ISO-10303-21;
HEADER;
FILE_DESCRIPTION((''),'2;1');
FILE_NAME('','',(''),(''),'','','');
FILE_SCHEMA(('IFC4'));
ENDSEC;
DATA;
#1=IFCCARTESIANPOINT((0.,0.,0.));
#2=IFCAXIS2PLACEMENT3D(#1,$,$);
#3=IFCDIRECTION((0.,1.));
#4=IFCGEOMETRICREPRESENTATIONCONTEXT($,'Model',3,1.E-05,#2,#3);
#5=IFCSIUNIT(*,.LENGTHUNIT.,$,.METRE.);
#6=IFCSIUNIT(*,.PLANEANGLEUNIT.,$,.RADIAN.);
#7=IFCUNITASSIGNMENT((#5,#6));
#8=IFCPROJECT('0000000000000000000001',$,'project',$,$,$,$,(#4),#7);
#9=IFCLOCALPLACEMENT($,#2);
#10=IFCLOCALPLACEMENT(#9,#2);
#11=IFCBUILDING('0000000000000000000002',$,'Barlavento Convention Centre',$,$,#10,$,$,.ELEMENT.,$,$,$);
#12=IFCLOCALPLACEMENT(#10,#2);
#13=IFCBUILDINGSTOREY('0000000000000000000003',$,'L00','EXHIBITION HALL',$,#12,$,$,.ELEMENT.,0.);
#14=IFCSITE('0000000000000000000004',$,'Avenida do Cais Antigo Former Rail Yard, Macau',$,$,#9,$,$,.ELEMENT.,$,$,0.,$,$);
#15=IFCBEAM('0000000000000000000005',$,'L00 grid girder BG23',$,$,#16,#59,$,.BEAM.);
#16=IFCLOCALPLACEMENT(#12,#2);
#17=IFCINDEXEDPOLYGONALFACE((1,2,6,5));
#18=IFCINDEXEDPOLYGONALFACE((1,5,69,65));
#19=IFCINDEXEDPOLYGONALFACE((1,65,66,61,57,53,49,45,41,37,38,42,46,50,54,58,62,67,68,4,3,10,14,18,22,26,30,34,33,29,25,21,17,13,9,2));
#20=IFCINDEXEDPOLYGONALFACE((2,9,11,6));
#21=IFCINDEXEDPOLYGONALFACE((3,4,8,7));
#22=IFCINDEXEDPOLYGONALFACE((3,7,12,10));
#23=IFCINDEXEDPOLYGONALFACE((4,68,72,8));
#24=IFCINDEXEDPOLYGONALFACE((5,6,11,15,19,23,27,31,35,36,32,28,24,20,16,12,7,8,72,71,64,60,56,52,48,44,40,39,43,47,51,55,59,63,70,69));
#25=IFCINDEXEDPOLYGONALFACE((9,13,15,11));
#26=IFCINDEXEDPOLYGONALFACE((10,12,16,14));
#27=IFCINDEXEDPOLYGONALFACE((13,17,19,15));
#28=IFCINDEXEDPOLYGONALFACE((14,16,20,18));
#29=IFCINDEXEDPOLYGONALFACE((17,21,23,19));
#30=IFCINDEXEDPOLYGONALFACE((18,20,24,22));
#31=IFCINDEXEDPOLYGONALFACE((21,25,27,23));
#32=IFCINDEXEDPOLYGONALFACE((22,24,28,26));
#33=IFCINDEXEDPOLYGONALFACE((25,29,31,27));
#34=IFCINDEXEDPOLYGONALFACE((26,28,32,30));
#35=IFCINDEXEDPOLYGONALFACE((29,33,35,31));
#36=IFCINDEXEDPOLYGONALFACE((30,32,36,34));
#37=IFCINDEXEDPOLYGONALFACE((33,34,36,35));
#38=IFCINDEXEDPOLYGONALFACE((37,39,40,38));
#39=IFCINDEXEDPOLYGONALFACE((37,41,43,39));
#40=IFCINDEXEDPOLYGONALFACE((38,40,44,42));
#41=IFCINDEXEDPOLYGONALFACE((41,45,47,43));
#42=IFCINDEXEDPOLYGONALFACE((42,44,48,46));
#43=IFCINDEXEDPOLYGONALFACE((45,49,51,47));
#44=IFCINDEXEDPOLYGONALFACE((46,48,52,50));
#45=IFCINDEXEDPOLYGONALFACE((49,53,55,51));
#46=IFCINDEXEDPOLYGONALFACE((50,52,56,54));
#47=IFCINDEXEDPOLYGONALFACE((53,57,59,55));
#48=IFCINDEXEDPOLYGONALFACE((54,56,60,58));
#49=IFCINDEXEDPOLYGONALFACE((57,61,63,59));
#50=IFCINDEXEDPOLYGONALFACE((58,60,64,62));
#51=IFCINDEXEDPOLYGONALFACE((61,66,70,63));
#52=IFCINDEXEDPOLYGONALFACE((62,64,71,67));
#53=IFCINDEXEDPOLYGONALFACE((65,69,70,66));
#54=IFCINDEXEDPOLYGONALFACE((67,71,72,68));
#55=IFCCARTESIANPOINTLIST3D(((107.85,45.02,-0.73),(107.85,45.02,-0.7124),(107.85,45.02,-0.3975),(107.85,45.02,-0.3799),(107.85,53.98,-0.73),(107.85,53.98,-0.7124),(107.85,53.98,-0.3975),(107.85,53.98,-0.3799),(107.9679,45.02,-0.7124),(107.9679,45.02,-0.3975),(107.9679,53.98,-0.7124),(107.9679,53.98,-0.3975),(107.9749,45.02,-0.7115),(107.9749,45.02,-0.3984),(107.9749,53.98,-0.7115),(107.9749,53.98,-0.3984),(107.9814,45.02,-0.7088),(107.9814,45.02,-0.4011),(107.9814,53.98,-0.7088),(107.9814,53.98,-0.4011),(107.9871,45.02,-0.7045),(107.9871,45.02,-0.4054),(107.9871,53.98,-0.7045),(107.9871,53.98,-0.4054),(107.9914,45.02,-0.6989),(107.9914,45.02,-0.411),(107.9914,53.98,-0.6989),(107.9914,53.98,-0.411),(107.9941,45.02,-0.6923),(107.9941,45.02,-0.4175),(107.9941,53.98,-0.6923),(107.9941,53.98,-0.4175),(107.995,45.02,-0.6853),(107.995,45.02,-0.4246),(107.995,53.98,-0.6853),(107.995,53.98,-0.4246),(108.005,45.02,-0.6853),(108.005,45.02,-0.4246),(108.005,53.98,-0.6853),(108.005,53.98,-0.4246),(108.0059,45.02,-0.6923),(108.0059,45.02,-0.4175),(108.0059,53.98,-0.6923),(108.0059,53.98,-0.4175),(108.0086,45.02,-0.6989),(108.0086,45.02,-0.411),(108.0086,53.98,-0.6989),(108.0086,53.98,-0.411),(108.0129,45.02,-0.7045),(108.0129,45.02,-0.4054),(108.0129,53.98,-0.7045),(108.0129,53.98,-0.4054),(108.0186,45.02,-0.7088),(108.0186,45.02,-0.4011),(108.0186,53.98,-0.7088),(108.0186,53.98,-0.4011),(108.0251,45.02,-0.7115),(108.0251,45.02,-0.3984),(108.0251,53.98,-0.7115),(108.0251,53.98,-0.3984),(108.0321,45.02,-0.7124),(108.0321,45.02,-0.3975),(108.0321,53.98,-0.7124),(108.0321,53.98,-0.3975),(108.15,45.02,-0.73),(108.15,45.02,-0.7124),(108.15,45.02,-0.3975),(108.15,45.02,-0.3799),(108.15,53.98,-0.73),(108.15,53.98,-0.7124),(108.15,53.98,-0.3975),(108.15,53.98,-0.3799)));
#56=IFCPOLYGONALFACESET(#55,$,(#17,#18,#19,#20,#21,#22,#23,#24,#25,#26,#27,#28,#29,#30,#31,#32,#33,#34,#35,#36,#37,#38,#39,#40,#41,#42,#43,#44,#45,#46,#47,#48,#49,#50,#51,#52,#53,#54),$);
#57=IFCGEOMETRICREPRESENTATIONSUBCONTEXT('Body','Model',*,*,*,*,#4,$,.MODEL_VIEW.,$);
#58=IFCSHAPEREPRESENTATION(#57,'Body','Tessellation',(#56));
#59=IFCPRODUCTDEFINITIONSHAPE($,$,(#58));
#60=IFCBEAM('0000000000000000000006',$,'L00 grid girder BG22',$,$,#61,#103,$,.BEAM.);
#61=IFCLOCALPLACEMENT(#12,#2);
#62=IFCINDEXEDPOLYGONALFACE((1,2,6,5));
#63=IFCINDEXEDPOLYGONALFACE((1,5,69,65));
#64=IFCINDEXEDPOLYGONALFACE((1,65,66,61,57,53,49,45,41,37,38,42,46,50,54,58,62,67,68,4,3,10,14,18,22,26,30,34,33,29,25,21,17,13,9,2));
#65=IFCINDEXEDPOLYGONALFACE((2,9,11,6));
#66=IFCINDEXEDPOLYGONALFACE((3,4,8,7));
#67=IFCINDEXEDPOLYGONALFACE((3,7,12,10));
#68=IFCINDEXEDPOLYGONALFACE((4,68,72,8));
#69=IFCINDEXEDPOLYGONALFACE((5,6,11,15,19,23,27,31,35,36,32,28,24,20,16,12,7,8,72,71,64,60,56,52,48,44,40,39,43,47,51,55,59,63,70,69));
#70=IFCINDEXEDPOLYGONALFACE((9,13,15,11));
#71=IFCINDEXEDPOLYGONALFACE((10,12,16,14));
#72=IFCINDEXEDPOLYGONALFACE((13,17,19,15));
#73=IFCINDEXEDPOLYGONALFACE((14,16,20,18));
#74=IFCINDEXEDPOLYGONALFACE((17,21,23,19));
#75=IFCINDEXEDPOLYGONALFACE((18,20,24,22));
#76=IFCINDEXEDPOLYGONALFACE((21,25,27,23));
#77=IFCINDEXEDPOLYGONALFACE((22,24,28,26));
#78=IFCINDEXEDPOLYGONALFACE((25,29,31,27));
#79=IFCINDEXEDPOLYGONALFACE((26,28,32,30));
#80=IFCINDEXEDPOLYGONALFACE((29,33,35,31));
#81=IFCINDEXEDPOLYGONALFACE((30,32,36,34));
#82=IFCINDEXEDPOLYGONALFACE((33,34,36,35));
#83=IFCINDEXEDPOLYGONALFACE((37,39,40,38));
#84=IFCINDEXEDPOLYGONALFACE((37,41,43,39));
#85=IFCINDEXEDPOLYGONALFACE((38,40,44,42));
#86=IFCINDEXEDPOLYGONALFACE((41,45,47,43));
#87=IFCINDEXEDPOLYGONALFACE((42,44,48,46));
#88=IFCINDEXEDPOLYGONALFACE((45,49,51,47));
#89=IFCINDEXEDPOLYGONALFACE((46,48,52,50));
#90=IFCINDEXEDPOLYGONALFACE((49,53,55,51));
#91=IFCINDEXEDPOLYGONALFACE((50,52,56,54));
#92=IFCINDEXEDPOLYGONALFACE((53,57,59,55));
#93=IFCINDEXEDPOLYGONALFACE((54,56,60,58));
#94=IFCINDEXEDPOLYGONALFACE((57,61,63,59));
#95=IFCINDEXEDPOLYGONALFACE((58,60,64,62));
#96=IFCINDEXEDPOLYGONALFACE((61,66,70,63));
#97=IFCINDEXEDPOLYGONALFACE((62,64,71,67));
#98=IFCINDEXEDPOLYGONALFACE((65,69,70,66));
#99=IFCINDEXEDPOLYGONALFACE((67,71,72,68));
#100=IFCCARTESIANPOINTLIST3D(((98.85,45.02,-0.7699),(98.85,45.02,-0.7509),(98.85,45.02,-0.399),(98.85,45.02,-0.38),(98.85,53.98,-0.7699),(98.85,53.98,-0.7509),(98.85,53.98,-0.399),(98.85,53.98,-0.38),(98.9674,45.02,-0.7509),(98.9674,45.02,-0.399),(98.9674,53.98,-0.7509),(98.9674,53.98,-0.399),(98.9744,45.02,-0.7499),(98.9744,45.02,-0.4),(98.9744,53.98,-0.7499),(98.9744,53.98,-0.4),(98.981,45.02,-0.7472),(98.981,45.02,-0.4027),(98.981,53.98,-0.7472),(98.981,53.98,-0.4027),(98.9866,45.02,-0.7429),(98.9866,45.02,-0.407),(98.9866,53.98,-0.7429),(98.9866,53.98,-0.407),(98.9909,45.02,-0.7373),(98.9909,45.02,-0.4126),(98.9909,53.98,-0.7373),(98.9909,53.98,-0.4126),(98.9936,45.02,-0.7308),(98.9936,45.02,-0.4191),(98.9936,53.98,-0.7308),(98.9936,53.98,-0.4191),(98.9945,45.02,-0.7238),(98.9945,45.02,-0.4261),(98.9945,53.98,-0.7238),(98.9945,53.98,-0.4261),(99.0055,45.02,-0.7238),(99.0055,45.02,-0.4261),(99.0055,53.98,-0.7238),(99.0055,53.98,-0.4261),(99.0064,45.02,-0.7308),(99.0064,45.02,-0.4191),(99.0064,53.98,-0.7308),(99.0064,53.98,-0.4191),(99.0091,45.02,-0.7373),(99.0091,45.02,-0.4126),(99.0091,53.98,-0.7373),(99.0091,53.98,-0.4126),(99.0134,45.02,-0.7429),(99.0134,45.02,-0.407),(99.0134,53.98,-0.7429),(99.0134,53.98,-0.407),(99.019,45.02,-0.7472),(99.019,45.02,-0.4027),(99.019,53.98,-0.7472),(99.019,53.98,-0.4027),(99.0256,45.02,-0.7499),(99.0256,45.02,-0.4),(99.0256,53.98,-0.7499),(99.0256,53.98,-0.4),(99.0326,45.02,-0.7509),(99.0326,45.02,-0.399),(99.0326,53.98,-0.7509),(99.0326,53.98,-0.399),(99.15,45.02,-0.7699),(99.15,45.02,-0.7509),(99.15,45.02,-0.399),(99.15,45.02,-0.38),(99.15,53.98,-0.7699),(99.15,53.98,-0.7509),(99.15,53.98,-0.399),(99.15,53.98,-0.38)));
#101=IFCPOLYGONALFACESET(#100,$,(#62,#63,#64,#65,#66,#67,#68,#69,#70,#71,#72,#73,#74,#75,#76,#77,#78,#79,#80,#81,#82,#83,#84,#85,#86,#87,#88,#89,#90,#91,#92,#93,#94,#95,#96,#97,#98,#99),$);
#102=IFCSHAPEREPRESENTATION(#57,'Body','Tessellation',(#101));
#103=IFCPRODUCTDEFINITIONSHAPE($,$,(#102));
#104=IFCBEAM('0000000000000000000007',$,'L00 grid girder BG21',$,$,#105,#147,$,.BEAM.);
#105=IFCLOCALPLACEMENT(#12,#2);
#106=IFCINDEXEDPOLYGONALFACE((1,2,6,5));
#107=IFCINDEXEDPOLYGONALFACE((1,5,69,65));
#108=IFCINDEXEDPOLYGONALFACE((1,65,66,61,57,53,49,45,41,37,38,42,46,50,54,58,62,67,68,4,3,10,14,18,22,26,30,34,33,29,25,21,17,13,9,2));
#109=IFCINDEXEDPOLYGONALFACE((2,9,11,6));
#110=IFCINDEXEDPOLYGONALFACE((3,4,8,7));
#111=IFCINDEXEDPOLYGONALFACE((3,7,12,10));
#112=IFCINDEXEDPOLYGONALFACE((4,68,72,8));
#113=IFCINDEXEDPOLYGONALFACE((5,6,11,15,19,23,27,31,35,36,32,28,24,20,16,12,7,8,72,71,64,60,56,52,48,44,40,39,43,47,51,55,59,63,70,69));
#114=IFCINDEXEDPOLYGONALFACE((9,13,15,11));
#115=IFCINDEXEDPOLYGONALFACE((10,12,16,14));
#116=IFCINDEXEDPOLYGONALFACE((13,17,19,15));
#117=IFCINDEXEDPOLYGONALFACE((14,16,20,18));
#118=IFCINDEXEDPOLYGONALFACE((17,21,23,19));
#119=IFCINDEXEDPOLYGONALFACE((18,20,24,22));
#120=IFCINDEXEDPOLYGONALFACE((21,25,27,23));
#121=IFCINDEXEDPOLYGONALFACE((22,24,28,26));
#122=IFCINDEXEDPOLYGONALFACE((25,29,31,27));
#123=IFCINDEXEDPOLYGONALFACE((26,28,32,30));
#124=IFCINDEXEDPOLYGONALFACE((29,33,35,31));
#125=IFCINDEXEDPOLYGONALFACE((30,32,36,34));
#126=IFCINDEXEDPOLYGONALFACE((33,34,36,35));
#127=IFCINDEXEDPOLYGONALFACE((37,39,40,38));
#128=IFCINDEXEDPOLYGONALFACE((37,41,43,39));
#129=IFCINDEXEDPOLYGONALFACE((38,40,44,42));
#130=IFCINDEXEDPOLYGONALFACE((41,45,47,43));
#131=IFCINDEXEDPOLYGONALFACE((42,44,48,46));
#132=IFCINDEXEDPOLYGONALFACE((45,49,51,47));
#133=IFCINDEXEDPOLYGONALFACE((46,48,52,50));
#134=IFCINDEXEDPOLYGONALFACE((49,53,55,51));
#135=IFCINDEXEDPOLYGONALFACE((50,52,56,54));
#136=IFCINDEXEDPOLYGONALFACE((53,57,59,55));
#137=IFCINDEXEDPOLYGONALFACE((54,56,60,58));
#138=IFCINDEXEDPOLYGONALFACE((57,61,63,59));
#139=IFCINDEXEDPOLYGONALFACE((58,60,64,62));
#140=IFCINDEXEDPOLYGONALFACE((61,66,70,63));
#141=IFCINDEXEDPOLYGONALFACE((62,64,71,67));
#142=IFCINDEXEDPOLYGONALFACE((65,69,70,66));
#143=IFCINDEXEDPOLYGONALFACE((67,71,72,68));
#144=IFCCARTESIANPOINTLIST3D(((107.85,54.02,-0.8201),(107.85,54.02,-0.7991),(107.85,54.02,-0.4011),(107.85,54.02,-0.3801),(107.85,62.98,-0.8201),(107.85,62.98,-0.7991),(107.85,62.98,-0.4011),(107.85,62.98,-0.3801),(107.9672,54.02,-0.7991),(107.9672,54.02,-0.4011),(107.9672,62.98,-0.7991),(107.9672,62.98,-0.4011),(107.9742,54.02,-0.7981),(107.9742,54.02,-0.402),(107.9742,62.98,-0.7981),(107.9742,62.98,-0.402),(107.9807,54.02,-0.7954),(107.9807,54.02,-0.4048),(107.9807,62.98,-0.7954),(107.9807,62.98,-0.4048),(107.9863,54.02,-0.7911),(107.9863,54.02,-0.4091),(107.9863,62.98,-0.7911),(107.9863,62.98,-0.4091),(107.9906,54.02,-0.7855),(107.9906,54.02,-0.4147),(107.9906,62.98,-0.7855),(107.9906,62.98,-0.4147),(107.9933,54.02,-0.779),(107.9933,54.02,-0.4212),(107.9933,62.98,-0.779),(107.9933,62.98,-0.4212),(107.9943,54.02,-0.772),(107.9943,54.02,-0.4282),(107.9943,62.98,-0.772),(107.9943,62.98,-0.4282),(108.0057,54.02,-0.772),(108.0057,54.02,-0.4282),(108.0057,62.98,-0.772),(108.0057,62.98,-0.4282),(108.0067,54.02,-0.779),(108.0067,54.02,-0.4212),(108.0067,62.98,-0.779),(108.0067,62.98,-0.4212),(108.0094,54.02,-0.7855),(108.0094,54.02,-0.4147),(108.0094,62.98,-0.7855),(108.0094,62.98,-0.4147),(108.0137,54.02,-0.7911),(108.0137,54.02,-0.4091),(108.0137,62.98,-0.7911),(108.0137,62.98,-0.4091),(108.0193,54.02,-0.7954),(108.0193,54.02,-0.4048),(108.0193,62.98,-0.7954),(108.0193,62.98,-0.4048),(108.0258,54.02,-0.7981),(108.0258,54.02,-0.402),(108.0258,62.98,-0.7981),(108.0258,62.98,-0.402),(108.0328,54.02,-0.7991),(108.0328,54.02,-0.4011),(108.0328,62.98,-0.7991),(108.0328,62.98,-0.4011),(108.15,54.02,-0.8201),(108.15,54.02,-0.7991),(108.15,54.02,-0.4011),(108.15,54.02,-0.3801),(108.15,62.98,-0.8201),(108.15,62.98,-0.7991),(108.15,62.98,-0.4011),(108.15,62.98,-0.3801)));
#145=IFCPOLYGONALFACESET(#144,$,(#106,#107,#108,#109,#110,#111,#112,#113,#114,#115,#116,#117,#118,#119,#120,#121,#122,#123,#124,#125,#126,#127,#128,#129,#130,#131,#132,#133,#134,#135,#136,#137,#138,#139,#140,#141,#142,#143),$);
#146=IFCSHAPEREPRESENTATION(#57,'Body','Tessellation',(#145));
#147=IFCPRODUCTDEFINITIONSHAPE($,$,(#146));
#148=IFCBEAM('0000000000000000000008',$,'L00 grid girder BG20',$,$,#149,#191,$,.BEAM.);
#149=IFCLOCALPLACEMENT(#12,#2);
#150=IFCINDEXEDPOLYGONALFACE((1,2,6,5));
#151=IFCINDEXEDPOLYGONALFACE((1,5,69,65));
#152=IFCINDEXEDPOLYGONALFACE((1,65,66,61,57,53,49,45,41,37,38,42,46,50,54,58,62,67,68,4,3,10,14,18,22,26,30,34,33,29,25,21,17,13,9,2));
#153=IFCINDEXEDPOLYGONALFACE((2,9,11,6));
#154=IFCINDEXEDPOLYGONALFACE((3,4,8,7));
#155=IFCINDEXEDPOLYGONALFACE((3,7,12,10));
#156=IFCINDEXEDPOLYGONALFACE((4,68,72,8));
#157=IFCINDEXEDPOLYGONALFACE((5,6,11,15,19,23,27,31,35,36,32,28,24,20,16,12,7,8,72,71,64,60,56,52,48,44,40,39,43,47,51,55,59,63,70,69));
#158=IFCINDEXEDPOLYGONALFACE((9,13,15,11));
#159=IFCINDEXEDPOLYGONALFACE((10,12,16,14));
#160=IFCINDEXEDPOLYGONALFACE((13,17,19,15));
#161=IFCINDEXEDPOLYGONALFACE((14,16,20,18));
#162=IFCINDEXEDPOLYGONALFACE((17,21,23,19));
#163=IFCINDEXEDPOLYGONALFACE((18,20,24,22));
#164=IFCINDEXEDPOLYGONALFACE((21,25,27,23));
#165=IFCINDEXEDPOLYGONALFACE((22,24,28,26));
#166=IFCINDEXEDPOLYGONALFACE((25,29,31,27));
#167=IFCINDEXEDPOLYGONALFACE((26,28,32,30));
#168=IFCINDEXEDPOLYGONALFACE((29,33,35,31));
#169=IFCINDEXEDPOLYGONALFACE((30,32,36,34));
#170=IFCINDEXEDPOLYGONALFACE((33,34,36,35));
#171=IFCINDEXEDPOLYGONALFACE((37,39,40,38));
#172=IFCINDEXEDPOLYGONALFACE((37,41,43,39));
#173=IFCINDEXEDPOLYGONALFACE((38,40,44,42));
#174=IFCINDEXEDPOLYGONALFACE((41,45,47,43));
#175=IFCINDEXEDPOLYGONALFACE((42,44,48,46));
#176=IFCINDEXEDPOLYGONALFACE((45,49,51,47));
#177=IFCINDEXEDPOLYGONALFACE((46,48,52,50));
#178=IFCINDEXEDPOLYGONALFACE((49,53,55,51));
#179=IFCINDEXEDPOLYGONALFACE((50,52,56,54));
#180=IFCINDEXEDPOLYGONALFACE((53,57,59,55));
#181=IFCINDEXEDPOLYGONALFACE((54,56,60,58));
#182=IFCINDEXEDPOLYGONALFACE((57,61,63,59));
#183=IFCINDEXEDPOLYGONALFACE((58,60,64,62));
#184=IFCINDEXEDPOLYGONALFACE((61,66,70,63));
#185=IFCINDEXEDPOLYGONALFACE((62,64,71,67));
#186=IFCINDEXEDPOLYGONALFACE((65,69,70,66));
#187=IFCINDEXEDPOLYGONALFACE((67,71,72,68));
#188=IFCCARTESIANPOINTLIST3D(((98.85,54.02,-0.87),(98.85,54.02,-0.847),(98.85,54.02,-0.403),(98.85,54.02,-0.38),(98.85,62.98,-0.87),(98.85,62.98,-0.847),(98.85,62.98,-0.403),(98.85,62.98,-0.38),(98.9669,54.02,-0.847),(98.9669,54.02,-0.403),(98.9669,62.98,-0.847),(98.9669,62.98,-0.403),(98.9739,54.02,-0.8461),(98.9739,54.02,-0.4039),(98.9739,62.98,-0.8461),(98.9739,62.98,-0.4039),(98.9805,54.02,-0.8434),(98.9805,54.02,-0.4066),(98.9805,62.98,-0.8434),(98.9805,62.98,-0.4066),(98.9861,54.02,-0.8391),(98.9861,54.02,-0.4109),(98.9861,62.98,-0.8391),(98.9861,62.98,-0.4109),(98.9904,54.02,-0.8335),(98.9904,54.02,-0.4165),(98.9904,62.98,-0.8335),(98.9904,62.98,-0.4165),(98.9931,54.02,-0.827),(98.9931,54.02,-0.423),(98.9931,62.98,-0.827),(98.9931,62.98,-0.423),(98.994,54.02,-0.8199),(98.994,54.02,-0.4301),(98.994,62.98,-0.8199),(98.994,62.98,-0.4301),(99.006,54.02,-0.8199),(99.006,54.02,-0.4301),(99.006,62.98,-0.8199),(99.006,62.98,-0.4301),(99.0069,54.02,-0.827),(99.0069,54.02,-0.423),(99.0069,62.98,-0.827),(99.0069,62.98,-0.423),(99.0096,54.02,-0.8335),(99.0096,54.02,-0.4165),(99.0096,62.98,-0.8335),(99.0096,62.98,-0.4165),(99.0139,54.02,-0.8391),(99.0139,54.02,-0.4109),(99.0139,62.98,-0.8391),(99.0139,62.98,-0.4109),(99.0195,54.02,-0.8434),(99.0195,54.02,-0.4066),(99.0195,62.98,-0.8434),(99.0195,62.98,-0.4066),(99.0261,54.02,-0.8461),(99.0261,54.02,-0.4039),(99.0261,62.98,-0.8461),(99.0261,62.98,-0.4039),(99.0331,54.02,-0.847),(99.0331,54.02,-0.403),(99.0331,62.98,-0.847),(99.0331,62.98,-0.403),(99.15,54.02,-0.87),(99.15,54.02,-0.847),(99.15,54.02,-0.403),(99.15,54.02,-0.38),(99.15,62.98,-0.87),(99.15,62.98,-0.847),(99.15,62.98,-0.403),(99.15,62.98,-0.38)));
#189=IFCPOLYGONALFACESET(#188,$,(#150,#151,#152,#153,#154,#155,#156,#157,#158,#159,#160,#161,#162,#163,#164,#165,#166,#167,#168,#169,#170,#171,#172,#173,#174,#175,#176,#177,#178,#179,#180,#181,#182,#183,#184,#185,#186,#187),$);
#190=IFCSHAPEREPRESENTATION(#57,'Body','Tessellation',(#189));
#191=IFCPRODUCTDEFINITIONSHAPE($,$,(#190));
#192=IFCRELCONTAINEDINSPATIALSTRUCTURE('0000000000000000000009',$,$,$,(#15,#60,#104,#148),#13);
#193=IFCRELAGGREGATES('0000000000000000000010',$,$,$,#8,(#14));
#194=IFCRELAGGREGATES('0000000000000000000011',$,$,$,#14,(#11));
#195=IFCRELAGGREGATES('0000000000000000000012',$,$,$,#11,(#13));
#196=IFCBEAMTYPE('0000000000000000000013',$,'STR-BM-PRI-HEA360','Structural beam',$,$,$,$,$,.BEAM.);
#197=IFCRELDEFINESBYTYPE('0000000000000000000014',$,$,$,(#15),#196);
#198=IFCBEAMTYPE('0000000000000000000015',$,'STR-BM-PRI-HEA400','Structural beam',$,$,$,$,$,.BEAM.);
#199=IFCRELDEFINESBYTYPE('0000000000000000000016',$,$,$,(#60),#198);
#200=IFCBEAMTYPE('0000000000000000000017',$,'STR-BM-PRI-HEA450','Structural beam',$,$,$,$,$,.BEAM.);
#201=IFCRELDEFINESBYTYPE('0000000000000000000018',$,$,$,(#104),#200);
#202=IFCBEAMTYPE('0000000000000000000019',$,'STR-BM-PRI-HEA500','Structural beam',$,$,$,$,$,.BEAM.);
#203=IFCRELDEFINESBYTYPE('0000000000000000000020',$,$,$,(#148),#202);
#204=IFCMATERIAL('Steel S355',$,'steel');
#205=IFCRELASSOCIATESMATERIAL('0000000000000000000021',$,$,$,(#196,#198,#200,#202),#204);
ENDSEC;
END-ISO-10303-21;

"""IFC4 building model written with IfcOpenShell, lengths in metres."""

from ifc_helpers import new_model, si_unit, direction, frame, origin, origin_2d, place, context, subcontext, project, spatial, i_section, extrude, material, material_profile, profile_set, type_object, element, save


model = new_model("IFC4")

# Units and contexts
model_context = context("Model", 3, precision=1e-05, world=origin(), true_north=direction((0.0, 1.0)))
body_context = subcontext(model_context, "Body", "Model", "MODEL_VIEW")
ifc_project = project(units=[si_unit("LENGTHUNIT", "METRE"), si_unit("PLANEANGLEUNIT", "RADIAN")], contexts=[model_context])

# Site, building, storey
site_placement = place(None, origin())
site = spatial("IfcSite", under=ifc_project, at=site_placement, Name="Avenida do Cais Antigo Former Rail Yard, Macau", CompositionType="ELEMENT", RefElevation=0.0)
building_placement = place(site_placement, origin())
building = spatial("IfcBuilding", under=site, at=building_placement, Name="Barlavento Convention Centre", CompositionType="ELEMENT")
storey_placement = place(building_placement, origin())
storey = spatial("IfcBuildingStorey", under=building, at=storey_placement, Name="L00", Description="EXHIBITION HALL", CompositionType="ELEMENT", Elevation=0.0)

# Beams
ifc_material_1 = material(Name="Steel S355", Category="steel")
ifc_material_profile_1 = material_profile(ifc_material_1, i_section(OverallWidth=0.3, OverallDepth=0.3501, WebThickness=0.01, FlangeThickness=0.0176, FilletRadius=0.0271, at=origin_2d()), Name="HEA 360")
ifc_profile_set_1 = profile_set([ifc_material_profile_1], Name="Steel S355")
beam_type_1 = type_object("IfcBeamType", Name="STR-BM-PRI-HEA360", Description="Structural beam", PredefinedType="BEAM", material=ifc_profile_set_1)
beam_1_placement = place(storey_placement, frame((108.0, 45.02, -0.5549), z_axis=(0.0, 1.0, 0.0), x_axis=(-1.0, 0.0, 0.0)))
element("IfcBeam", 1, at=beam_1_placement, inside=storey, type_object=beam_type_1, Name="L00 grid girder BG23", PredefinedType="BEAM", context=body_context, shape_type="SweptSolid", body=[
    extrude(i_section(OverallWidth=0.3, OverallDepth=0.3501, WebThickness=0.01, FlangeThickness=0.0176, FilletRadius=0.0271, at=origin_2d()), origin(), (0.0, 0.0, 1.0), 8.96),
])
ifc_material_profile_2 = material_profile(ifc_material_1, i_section(OverallWidth=0.3, OverallDepth=0.3899, WebThickness=0.011, FlangeThickness=0.019, FilletRadius=0.0271, at=origin_2d()), Name="HEA 400")
ifc_profile_set_2 = profile_set([ifc_material_profile_2], Name="Steel S355")
beam_type_2 = type_object("IfcBeamType", Name="STR-BM-PRI-HEA400", Description="Structural beam", PredefinedType="BEAM", material=ifc_profile_set_2)
beam_2_placement = place(storey_placement, frame((99.0, 45.02, -0.575), z_axis=(0.0, 1.0, 0.0), x_axis=(-1.0, 0.0, 0.0)))
element("IfcBeam", 2, at=beam_2_placement, inside=storey, type_object=beam_type_2, Name="L00 grid girder BG22", PredefinedType="BEAM", context=body_context, shape_type="SweptSolid", body=[
    extrude(i_section(OverallWidth=0.3, OverallDepth=0.3899, WebThickness=0.011, FlangeThickness=0.019, FilletRadius=0.0271, at=origin_2d()), origin(), (0.0, 0.0, 1.0), 8.96),
])
ifc_material_profile_3 = material_profile(ifc_material_1, i_section(OverallWidth=0.3, OverallDepth=0.4399, WebThickness=0.0115, FlangeThickness=0.021, FilletRadius=0.0271, at=origin_2d()), Name="HEA 450")
ifc_profile_set_3 = profile_set([ifc_material_profile_3], Name="Steel S355")
beam_type_3 = type_object("IfcBeamType", Name="STR-BM-PRI-HEA450", Description="Structural beam", PredefinedType="BEAM", material=ifc_profile_set_3)
beam_3_placement = place(storey_placement, frame((108.0, 54.02, -0.6001), z_axis=(0.0, 1.0, 0.0), x_axis=(-1.0, 0.0, 0.0)))
element("IfcBeam", 3, at=beam_3_placement, inside=storey, type_object=beam_type_3, Name="L00 grid girder BG21", PredefinedType="BEAM", context=body_context, shape_type="SweptSolid", body=[
    extrude(i_section(OverallWidth=0.3, OverallDepth=0.4399, WebThickness=0.0115, FlangeThickness=0.021, FilletRadius=0.0271, at=origin_2d()), origin(), (0.0, 0.0, 1.0), 8.96),
])
ifc_material_profile_4 = material_profile(ifc_material_1, i_section(OverallWidth=0.3, OverallDepth=0.49, WebThickness=0.012, FlangeThickness=0.0229, FilletRadius=0.0271, at=origin_2d()), Name="HEA 500")
ifc_profile_set_4 = profile_set([ifc_material_profile_4], Name="Steel S355")
beam_type_4 = type_object("IfcBeamType", Name="STR-BM-PRI-HEA500", Description="Structural beam", PredefinedType="BEAM", material=ifc_profile_set_4)
beam_4_placement = place(storey_placement, frame((99.0, 54.02, -0.625), z_axis=(0.0, 1.0, 0.0), x_axis=(-1.0, 0.0, 0.0)))
element("IfcBeam", 4, at=beam_4_placement, inside=storey, type_object=beam_type_4, Name="L00 grid girder BG20", PredefinedType="BEAM", context=body_context, shape_type="SweptSolid", body=[
    extrude(i_section(OverallWidth=0.3, OverallDepth=0.49, WebThickness=0.012, FlangeThickness=0.0229, FilletRadius=0.0271, at=origin_2d()), origin(), (0.0, 0.0, 1.0), 8.96),
])

save(model, "model.ifc")
